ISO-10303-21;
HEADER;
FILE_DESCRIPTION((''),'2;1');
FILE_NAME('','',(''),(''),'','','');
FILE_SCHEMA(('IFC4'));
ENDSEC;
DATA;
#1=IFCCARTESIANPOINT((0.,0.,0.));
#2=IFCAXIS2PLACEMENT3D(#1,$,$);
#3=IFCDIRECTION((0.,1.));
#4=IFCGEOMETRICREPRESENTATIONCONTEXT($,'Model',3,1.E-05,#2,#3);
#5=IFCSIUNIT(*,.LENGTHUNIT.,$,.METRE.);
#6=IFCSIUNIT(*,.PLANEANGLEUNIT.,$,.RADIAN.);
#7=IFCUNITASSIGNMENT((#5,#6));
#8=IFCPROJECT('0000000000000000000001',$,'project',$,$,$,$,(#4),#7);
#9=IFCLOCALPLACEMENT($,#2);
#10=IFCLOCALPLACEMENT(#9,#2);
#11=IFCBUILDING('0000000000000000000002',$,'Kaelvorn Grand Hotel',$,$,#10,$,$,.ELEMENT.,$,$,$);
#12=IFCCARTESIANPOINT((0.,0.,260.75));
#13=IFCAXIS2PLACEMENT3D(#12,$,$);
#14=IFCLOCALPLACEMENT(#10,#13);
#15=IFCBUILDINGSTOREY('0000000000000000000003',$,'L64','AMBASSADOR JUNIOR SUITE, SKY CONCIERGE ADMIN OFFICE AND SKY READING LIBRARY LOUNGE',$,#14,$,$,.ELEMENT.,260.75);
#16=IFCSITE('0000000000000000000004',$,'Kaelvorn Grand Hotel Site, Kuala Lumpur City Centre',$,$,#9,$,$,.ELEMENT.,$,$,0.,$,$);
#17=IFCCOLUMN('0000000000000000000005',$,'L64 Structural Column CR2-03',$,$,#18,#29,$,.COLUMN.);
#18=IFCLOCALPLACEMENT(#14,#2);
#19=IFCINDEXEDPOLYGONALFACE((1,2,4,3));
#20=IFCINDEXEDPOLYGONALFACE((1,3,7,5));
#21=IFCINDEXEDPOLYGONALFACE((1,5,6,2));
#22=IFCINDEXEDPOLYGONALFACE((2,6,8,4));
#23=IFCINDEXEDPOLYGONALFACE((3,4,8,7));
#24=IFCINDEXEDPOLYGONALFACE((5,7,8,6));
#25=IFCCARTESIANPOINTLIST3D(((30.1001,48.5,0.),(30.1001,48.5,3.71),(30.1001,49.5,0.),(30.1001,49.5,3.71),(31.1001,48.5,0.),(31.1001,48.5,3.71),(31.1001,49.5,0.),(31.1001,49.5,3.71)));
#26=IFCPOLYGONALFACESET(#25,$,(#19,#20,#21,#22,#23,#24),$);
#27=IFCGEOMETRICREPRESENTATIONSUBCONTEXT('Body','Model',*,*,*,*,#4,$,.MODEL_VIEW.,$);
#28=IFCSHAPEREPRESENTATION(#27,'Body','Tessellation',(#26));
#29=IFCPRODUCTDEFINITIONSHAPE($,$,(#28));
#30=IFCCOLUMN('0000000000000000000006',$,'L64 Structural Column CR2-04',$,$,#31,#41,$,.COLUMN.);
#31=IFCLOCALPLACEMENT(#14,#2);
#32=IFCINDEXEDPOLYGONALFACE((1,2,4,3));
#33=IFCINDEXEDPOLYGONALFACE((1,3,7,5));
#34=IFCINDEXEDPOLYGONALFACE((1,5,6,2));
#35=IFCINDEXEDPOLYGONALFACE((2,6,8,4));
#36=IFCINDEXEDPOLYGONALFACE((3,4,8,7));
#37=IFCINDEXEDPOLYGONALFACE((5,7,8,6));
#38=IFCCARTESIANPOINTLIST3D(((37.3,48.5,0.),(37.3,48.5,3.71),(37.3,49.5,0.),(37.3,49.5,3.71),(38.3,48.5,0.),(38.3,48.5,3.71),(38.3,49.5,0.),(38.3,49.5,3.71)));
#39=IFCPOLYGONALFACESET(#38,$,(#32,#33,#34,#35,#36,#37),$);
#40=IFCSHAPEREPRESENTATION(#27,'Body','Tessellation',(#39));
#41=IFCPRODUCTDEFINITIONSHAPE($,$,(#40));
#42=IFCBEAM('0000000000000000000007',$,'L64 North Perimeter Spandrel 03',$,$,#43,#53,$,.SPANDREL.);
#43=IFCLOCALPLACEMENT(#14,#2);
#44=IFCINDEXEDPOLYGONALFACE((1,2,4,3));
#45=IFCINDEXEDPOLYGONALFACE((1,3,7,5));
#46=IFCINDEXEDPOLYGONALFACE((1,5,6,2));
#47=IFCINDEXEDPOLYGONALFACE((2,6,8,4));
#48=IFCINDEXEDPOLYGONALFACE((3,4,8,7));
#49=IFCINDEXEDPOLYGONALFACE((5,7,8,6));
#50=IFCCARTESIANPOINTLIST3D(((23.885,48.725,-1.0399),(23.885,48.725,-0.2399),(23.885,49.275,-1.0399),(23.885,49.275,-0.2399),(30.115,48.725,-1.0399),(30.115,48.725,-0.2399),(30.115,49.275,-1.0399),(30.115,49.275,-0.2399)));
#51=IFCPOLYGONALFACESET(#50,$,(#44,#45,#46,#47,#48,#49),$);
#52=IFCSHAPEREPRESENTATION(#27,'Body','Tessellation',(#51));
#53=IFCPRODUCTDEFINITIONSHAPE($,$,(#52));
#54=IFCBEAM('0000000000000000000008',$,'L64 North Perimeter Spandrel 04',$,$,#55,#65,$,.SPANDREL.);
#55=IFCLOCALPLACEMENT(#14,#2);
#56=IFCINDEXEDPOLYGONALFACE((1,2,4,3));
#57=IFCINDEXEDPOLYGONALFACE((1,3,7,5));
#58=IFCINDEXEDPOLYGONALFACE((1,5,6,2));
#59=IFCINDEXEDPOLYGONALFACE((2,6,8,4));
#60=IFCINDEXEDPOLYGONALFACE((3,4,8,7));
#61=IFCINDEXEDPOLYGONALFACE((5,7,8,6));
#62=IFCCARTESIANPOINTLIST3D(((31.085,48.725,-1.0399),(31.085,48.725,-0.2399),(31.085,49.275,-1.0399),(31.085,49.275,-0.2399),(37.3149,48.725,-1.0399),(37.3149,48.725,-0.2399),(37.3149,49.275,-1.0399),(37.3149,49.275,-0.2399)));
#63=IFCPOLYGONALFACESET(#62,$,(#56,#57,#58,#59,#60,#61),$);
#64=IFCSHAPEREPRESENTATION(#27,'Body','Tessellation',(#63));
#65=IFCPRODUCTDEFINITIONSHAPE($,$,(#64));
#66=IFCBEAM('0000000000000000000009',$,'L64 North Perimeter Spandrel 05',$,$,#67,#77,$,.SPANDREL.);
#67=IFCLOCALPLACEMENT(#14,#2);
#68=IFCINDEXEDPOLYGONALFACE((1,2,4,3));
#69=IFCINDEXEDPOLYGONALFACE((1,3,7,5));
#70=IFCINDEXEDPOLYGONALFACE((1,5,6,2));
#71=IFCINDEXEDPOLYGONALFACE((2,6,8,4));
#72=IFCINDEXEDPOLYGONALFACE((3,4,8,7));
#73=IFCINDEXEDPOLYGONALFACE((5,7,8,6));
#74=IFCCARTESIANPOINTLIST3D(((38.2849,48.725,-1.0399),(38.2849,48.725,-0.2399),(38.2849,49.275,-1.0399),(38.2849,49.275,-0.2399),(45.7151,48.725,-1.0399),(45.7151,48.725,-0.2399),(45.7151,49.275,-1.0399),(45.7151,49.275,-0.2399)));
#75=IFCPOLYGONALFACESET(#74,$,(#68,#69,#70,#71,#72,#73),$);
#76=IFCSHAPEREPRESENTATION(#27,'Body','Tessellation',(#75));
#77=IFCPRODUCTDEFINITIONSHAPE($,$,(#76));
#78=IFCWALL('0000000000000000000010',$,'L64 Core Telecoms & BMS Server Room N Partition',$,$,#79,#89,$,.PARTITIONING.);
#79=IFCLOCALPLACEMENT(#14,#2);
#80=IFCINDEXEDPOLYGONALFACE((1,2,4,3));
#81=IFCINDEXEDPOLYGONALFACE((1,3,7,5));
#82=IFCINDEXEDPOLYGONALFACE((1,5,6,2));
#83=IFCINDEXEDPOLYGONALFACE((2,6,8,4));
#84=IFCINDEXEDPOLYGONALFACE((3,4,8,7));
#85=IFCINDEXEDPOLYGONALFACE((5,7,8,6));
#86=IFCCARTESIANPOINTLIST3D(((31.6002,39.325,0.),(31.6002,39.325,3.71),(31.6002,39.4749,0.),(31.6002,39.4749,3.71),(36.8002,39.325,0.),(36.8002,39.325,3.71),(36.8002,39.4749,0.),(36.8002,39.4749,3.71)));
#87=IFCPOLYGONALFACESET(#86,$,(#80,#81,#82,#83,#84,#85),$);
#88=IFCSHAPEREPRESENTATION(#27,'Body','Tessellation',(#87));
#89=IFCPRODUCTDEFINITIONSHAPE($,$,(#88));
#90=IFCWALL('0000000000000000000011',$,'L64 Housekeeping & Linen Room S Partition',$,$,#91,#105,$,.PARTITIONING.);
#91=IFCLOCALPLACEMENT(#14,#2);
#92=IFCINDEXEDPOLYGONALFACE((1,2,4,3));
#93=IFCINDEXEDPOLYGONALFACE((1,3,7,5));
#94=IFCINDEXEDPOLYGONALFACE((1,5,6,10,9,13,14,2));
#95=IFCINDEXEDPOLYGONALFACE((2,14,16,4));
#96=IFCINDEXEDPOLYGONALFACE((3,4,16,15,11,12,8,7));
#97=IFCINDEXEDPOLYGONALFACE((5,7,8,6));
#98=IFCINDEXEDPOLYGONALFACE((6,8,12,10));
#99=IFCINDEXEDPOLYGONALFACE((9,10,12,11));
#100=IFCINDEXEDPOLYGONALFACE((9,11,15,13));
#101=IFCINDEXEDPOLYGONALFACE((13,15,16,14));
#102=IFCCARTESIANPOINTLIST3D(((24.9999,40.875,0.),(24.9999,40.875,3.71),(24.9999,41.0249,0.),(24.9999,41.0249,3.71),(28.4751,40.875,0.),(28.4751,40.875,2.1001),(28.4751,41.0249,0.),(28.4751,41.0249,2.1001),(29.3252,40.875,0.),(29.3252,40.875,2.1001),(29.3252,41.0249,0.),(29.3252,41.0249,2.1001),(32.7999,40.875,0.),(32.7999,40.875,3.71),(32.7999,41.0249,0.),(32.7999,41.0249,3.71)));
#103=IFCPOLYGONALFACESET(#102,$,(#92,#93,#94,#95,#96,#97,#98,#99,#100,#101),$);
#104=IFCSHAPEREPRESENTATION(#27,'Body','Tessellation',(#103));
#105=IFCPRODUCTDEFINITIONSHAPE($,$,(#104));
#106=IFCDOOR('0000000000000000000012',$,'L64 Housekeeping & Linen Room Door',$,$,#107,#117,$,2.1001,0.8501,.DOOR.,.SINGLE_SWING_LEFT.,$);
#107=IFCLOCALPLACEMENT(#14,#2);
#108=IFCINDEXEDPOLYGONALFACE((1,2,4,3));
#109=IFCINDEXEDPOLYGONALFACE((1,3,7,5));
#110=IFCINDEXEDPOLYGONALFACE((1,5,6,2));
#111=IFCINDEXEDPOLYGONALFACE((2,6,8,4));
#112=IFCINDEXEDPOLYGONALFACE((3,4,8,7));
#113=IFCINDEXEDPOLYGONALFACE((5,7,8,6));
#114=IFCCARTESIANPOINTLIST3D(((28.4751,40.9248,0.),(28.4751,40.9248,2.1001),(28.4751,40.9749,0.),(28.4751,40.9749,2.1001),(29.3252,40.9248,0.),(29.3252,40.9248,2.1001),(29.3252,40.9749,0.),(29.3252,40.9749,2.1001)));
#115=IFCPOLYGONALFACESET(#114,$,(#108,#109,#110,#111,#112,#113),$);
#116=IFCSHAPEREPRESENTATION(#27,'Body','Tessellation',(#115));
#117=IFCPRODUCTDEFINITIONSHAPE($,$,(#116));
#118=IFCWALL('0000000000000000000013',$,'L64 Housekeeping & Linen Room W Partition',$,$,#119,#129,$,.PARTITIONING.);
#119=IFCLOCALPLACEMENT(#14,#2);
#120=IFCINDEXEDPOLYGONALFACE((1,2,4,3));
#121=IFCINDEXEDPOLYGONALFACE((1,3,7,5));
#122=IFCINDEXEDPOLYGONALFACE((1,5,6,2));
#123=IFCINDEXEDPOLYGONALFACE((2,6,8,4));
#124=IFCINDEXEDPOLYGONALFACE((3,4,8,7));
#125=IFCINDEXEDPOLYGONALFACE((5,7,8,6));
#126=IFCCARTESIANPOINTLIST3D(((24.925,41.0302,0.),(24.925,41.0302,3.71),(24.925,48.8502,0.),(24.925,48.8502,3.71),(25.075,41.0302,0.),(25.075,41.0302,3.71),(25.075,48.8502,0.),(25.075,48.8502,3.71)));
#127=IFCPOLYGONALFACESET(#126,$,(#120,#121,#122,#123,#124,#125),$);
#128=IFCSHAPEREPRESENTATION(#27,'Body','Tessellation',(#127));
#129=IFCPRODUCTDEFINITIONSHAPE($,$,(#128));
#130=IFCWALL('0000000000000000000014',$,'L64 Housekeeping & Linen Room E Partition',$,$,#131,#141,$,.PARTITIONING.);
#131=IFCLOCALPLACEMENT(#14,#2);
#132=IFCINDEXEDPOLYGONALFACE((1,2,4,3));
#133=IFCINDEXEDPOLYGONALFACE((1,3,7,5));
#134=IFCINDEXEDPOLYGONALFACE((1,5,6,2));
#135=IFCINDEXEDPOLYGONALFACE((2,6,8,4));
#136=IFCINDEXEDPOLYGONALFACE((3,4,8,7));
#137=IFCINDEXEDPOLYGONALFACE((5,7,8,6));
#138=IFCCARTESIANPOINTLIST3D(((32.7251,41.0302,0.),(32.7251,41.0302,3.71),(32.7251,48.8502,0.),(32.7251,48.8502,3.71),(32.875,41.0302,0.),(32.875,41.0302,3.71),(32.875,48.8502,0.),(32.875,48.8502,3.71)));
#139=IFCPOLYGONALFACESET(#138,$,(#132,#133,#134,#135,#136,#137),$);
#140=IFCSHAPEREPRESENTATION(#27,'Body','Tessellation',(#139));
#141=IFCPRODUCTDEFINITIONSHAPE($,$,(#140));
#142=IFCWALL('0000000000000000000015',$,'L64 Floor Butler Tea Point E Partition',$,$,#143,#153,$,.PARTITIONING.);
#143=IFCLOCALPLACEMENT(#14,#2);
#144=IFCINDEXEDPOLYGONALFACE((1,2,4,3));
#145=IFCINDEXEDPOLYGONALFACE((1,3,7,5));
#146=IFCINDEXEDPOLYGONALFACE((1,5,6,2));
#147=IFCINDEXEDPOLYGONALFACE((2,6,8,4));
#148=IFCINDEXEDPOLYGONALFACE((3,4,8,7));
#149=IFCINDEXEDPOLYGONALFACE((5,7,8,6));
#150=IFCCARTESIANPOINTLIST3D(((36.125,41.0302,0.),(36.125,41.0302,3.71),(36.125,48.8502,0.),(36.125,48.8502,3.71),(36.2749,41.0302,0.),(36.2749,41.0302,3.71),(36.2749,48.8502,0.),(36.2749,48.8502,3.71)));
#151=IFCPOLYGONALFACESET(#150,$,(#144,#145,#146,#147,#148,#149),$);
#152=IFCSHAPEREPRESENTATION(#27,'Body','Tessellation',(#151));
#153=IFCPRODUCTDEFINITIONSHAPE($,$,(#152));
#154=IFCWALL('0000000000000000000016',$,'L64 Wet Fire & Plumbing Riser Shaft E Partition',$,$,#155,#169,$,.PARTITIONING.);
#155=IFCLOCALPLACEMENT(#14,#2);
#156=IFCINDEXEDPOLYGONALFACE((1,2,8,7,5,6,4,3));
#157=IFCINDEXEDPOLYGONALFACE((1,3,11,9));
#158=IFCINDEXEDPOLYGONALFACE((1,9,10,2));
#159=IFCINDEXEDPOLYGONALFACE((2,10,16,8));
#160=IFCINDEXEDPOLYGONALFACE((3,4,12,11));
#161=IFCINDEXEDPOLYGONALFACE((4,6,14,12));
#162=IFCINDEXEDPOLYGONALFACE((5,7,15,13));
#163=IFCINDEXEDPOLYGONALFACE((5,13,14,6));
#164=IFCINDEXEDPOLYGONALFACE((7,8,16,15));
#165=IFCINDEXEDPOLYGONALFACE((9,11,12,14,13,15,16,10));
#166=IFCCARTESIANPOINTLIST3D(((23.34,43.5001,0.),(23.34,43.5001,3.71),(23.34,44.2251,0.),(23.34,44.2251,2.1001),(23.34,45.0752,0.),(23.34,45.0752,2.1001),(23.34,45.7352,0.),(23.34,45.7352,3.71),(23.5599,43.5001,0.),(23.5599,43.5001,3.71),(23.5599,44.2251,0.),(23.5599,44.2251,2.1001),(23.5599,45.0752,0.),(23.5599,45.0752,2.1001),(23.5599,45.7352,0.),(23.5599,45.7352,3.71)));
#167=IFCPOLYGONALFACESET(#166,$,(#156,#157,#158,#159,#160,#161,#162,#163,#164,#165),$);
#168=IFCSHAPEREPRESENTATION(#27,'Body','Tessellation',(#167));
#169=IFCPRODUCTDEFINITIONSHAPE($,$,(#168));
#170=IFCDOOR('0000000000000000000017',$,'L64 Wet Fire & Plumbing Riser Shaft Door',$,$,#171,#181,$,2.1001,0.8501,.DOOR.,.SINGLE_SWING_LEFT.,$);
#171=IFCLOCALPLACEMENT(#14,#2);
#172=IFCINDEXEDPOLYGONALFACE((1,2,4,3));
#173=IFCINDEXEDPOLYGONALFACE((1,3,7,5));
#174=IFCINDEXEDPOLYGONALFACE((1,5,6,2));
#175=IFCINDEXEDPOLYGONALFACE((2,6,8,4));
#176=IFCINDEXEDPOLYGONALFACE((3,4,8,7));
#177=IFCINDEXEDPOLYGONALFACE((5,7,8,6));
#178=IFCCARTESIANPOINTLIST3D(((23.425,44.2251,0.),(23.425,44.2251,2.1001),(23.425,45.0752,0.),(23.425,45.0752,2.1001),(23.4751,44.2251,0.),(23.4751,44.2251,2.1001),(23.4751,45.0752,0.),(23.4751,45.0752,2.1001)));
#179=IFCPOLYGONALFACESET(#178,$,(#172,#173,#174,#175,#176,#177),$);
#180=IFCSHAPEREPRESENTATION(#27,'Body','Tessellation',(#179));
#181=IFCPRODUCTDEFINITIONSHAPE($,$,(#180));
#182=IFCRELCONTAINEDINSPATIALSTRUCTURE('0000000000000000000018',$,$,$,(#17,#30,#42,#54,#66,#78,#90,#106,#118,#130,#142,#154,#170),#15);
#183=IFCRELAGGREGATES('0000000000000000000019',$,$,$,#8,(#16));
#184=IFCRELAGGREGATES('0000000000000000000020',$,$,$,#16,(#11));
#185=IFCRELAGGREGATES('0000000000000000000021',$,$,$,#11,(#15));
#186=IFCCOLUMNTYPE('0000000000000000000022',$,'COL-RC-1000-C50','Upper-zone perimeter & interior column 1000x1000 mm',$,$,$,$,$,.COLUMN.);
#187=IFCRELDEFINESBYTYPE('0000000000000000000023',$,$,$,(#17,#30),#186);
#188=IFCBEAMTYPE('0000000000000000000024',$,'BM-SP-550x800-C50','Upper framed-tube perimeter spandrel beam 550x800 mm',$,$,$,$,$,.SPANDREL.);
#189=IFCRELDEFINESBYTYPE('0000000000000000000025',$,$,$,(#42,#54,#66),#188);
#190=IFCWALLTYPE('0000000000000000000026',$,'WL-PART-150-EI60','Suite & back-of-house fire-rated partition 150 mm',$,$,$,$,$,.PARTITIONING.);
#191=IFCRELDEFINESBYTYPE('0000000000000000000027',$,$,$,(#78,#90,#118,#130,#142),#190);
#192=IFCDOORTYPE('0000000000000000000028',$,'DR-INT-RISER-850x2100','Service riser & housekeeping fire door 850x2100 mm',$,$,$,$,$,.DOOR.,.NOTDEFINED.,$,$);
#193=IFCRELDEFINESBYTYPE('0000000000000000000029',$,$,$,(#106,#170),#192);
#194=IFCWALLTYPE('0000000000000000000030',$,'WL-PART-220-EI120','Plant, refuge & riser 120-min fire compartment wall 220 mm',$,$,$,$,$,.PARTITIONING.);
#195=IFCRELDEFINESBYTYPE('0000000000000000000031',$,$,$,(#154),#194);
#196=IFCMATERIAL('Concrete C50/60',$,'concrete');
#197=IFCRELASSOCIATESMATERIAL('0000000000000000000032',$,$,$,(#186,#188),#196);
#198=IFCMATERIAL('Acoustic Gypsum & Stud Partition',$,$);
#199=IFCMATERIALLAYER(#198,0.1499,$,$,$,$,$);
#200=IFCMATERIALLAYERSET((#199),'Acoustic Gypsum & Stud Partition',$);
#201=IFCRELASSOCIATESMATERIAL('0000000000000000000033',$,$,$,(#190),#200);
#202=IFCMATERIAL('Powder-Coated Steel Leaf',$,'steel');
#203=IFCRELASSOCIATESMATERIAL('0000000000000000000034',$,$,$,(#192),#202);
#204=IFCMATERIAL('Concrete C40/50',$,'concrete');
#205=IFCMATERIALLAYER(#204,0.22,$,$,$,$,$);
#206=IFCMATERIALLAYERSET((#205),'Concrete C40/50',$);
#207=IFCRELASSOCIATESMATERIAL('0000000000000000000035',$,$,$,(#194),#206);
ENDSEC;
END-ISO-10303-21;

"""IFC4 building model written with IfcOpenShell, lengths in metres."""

from ifc_helpers import new_model, si_unit, direction, frame, frame_2d, origin, origin_2d, place, context, subcontext, project, spatial, rectangle, extrude, material, layer, layer_set, material_profile, profile_set, type_object, element, fill, save


model = new_model("IFC4")

# Units and contexts
model_context = context("Model", 3, precision=1e-05, world=origin(), true_north=direction((0.0, 1.0)))
body_context = subcontext(model_context, "Body", "Model", "MODEL_VIEW")
ifc_project = project(units=[si_unit("LENGTHUNIT", "METRE"), si_unit("PLANEANGLEUNIT", "RADIAN")], contexts=[model_context])

# Site, building, storey
site_placement = place(None, origin())
site = spatial("IfcSite", under=ifc_project, at=site_placement, Name="Kaelvorn Grand Hotel Site, Kuala Lumpur City Centre", CompositionType="ELEMENT", RefElevation=0.0)
building_placement = place(site_placement, origin())
building = spatial("IfcBuilding", under=site, at=building_placement, Name="Kaelvorn Grand Hotel", CompositionType="ELEMENT")
storey_placement = place(building_placement, frame((0.0, 0.0, 260.75)))
storey = spatial("IfcBuildingStorey", under=building, at=storey_placement, Name="L64", Description="AMBASSADOR JUNIOR SUITE, SKY CONCIERGE ADMIN OFFICE AND SKY READING LIBRARY LOUNGE", CompositionType="ELEMENT", Elevation=260.75)

# Columns
ifc_material_1 = material(Name="Concrete C50/60", Category="concrete")
ifc_material_profile_1 = material_profile(ifc_material_1, rectangle(XDim=1.0, YDim=1.0, at=origin_2d()), Name="RC COL 1000x1000")
ifc_profile_set_1 = profile_set([ifc_material_profile_1], Name="Concrete C50/60")
column_type = type_object("IfcColumnType", Name="COL-RC-1000-C50", Description="Upper-zone perimeter & interior column 1000x1000 mm", PredefinedType="COLUMN", material=ifc_profile_set_1)
for number, where, z_axis, x_axis, name in (
    (1, (30.6001, 49.0, 0.0), (0.0, 0.0, 1.0), (1.0, 0.0, 0.0), "L64 Structural Column CR2-03"),
    (2, (37.8, 49.0, 0.0), (0.0, 0.0, 1.0), (1.0, 0.0, 0.0), "L64 Structural Column CR2-04"),
):
    element("IfcColumn", number, at=place(storey_placement, frame(where, z_axis=z_axis, x_axis=x_axis)), inside=storey, type_object=column_type, Name=name, PredefinedType="COLUMN", context=body_context, shape_type="SweptSolid", body=[
        extrude(rectangle(XDim=1.0, YDim=1.0, at=origin_2d()), origin(), (0.0, 0.0, 1.0), 3.71),
    ])

# Beams
ifc_material_profile_2 = material_profile(ifc_material_1, rectangle(XDim=0.55, YDim=0.8, at=origin_2d()), Name="RC SPANDREL 550x800")
ifc_profile_set_2 = profile_set([ifc_material_profile_2], Name="Concrete C50/60")
beam_type = type_object("IfcBeamType", Name="BM-SP-550x800-C50", Description="Upper framed-tube perimeter spandrel beam 550x800 mm", PredefinedType="SPANDREL", material=ifc_profile_set_2)
for number, where, z_axis, x_axis, name in (
    (3, (23.885, 49.0, -0.6399), (1.0, 0.0, 0.0), (0.0, 1.0, 0.0), "L64 North Perimeter Spandrel 03"),
    (4, (31.085, 49.0, -0.6399), (1.0, 0.0, 0.0), (0.0, 1.0, 0.0), "L64 North Perimeter Spandrel 04"),
):
    element("IfcBeam", number, at=place(storey_placement, frame(where, z_axis=z_axis, x_axis=x_axis)), inside=storey, type_object=beam_type, Name=name, PredefinedType="SPANDREL", context=body_context, shape_type="SweptSolid", body=[
        extrude(rectangle(XDim=0.55, YDim=0.8, at=origin_2d()), origin(), (0.0, 0.0, 1.0), 6.23),
    ])
beam_placement = place(storey_placement, frame((38.2849, 49.0, -0.6399), z_axis=(1.0, 0.0, 0.0), x_axis=(0.0, 1.0, 0.0)))
element("IfcBeam", 5, at=beam_placement, inside=storey, type_object=beam_type, Name="L64 North Perimeter Spandrel 05", PredefinedType="SPANDREL", context=body_context, shape_type="SweptSolid", body=[
    extrude(rectangle(XDim=0.55, YDim=0.8, at=origin_2d()), origin(), (0.0, 0.0, 1.0), 7.4302),
])

# Wall
ifc_material_2 = material(Name="Acoustic Gypsum & Stud Partition")
ifc_layer_1 = layer(ifc_material_2, 0.1499)
ifc_layer_set_1 = layer_set([ifc_layer_1], Name="Acoustic Gypsum & Stud Partition")
wall_type_1 = type_object("IfcWallType", Name="WL-PART-150-EI60", Description="Suite & back-of-house fire-rated partition 150 mm", PredefinedType="PARTITIONING", material=ifc_layer_set_1)
wall_1_placement = place(storey_placement, frame((31.6001, 39.3999, 0.0), z_axis=(0.0, 0.0, 1.0), x_axis=(1.0, 0.0, 0.0)))
element("IfcWall", 6, at=wall_1_placement, inside=storey, type_object=wall_type_1, Name="L64 Core Telecoms & BMS Server Room N Partition", PredefinedType="PARTITIONING", context=body_context, shape_type="SweptSolid", body=[
    extrude(rectangle(XDim=5.2, YDim=0.1499, at=frame_2d((2.6001, 0.0))), origin(), (0.0, 0.0, 1.0), 3.71),
])

# Wall, opening, door
wall_2_placement = place(storey_placement, frame((25.0, 40.95, 0.0), z_axis=(0.0, 0.0, 1.0), x_axis=(1.0, 0.0, 0.0)))
wall_2 = element("IfcWall", 7, at=wall_2_placement, inside=storey, type_object=wall_type_1, Name="L64 Housekeeping & Linen Room S Partition", PredefinedType="PARTITIONING", context=body_context, shape_type="SweptSolid", body=[
    extrude(rectangle(XDim=7.8, YDim=0.1499, at=frame_2d((3.8999, 0.0))), origin(), (0.0, 0.0, 1.0), 3.71),
])
opening_1_placement = place(wall_2_placement, frame((3.4751, 0.0, 0.0)))
opening_1 = element("IfcOpeningElement", 8, at=opening_1_placement, cuts=wall_2, PredefinedType="OPENING", context=body_context, shape_type="SweptSolid", body=[
    extrude(rectangle(XDim=0.8501, YDim=2.1001, at=frame_2d((0.425, 1.05))), frame((0.0, 0.085, 0.0), z_axis=(0.0, -1.0, 0.0), x_axis=(1.0, 0.0, 0.0)), (0.0, 0.0, 1.0), 0.1699),
])
ifc_material_3 = material(Name="Powder-Coated Steel Leaf", Category="steel")
door_type_1 = type_object("IfcDoorType", Name="DR-INT-RISER-850x2100", Description="Service riser & housekeeping fire door 850x2100 mm", OperationType="NOTDEFINED", PredefinedType="DOOR", material=ifc_material_3)
door_1_placement = place(opening_1_placement, origin())
door_1 = element("IfcDoor", 9, at=door_1_placement, inside=storey, type_object=door_type_1, Name="L64 Housekeeping & Linen Room Door", OperationType="SINGLE_SWING_LEFT", OverallHeight=2.1001, OverallWidth=0.8501, PredefinedType="DOOR", context=body_context, shape_type="SweptSolid", body=[
    extrude(rectangle(XDim=0.8501, YDim=2.1001, at=frame_2d((0.425, 1.05))), frame((0.0, 0.0249, 0.0), z_axis=(0.0, -1.0, 0.0), x_axis=(1.0, 0.0, 0.0)), (0.0, 0.0, 1.0), 0.05),
])
fill(opening_1, door_1)

# Walls
for number, where, z_axis, x_axis, name in (
    (10, (25.0, 41.03, 0.0), (0.0, 0.0, 1.0), (0.0, 1.0, 0.0), "L64 Housekeeping & Linen Room W Partition"),
    (11, (32.8, 41.03, 0.0), (0.0, 0.0, 1.0), (0.0, 1.0, 0.0), "L64 Housekeeping & Linen Room E Partition"),
):
    element("IfcWall", number, at=place(storey_placement, frame(where, z_axis=z_axis, x_axis=x_axis)), inside=storey, type_object=wall_type_1, Name=name, PredefinedType="PARTITIONING", context=body_context, shape_type="SweptSolid", body=[
        extrude(rectangle(XDim=7.8201, YDim=0.1499, at=frame_2d((3.9102, 0.0))), origin(), (0.0, 0.0, 1.0), 3.71),
    ])

# Wall
wall_3_placement = place(storey_placement, frame((36.2, 41.03, 0.0), z_axis=(0.0, 0.0, 1.0), x_axis=(0.0, 1.0, 0.0)))
element("IfcWall", 12, at=wall_3_placement, inside=storey, type_object=wall_type_1, Name="L64 Floor Butler Tea Point E Partition", PredefinedType="PARTITIONING", context=body_context, shape_type="SweptSolid", body=[
    extrude(rectangle(XDim=7.8201, YDim=0.1499, at=frame_2d((3.9102, 0.0))), origin(), (0.0, 0.0, 1.0), 3.71),
])

# Wall, opening, door
ifc_material_4 = material(Name="Concrete C40/50", Category="concrete")
ifc_layer_2 = layer(ifc_material_4, 0.22)
ifc_layer_set_2 = layer_set([ifc_layer_2], Name="Concrete C40/50")
wall_type_2 = type_object("IfcWallType", Name="WL-PART-220-EI120", Description="Plant, refuge & riser 120-min fire compartment wall 220 mm", PredefinedType="PARTITIONING", material=ifc_layer_set_2)
wall_4_placement = place(storey_placement, frame((23.45, 43.5, 0.0), z_axis=(0.0, 0.0, 1.0), x_axis=(0.0, 1.0, 0.0)))
wall_4 = element("IfcWall", 13, at=wall_4_placement, inside=storey, type_object=wall_type_2, Name="L64 Wet Fire & Plumbing Riser Shaft E Partition", PredefinedType="PARTITIONING", context=body_context, shape_type="SweptSolid", body=[
    extrude(rectangle(XDim=2.2351, YDim=0.22, at=frame_2d((1.1177, 0.0))), origin(), (0.0, 0.0, 1.0), 3.71),
])
opening_2_placement = place(wall_4_placement, frame((0.7251, 0.0, 0.0)))
opening_2 = element("IfcOpeningElement", 14, at=opening_2_placement, cuts=wall_4, PredefinedType="OPENING", context=body_context, shape_type="SweptSolid", body=[
    extrude(rectangle(XDim=0.8501, YDim=2.1001, at=frame_2d((0.425, 1.05))), frame((0.0, 0.1201, 0.0), z_axis=(0.0, -1.0, 0.0), x_axis=(1.0, 0.0, 0.0)), (0.0, 0.0, 1.0), 0.24),
])
door_2_placement = place(opening_2_placement, origin())
door_2 = element("IfcDoor", 15, at=door_2_placement, inside=storey, type_object=door_type_1, Name="L64 Wet Fire & Plumbing Riser Shaft Door", OperationType="SINGLE_SWING_LEFT", OverallHeight=2.1001, OverallWidth=0.8501, PredefinedType="DOOR", context=body_context, shape_type="SweptSolid", body=[
    extrude(rectangle(XDim=0.8501, YDim=2.1001, at=frame_2d((0.425, 1.05))), frame((0.0, 0.0249, 0.0), z_axis=(0.0, -1.0, 0.0), x_axis=(1.0, 0.0, 0.0)), (0.0, 0.0, 1.0), 0.05),
])
fill(opening_2, door_2)

save(model, "model.ifc")
